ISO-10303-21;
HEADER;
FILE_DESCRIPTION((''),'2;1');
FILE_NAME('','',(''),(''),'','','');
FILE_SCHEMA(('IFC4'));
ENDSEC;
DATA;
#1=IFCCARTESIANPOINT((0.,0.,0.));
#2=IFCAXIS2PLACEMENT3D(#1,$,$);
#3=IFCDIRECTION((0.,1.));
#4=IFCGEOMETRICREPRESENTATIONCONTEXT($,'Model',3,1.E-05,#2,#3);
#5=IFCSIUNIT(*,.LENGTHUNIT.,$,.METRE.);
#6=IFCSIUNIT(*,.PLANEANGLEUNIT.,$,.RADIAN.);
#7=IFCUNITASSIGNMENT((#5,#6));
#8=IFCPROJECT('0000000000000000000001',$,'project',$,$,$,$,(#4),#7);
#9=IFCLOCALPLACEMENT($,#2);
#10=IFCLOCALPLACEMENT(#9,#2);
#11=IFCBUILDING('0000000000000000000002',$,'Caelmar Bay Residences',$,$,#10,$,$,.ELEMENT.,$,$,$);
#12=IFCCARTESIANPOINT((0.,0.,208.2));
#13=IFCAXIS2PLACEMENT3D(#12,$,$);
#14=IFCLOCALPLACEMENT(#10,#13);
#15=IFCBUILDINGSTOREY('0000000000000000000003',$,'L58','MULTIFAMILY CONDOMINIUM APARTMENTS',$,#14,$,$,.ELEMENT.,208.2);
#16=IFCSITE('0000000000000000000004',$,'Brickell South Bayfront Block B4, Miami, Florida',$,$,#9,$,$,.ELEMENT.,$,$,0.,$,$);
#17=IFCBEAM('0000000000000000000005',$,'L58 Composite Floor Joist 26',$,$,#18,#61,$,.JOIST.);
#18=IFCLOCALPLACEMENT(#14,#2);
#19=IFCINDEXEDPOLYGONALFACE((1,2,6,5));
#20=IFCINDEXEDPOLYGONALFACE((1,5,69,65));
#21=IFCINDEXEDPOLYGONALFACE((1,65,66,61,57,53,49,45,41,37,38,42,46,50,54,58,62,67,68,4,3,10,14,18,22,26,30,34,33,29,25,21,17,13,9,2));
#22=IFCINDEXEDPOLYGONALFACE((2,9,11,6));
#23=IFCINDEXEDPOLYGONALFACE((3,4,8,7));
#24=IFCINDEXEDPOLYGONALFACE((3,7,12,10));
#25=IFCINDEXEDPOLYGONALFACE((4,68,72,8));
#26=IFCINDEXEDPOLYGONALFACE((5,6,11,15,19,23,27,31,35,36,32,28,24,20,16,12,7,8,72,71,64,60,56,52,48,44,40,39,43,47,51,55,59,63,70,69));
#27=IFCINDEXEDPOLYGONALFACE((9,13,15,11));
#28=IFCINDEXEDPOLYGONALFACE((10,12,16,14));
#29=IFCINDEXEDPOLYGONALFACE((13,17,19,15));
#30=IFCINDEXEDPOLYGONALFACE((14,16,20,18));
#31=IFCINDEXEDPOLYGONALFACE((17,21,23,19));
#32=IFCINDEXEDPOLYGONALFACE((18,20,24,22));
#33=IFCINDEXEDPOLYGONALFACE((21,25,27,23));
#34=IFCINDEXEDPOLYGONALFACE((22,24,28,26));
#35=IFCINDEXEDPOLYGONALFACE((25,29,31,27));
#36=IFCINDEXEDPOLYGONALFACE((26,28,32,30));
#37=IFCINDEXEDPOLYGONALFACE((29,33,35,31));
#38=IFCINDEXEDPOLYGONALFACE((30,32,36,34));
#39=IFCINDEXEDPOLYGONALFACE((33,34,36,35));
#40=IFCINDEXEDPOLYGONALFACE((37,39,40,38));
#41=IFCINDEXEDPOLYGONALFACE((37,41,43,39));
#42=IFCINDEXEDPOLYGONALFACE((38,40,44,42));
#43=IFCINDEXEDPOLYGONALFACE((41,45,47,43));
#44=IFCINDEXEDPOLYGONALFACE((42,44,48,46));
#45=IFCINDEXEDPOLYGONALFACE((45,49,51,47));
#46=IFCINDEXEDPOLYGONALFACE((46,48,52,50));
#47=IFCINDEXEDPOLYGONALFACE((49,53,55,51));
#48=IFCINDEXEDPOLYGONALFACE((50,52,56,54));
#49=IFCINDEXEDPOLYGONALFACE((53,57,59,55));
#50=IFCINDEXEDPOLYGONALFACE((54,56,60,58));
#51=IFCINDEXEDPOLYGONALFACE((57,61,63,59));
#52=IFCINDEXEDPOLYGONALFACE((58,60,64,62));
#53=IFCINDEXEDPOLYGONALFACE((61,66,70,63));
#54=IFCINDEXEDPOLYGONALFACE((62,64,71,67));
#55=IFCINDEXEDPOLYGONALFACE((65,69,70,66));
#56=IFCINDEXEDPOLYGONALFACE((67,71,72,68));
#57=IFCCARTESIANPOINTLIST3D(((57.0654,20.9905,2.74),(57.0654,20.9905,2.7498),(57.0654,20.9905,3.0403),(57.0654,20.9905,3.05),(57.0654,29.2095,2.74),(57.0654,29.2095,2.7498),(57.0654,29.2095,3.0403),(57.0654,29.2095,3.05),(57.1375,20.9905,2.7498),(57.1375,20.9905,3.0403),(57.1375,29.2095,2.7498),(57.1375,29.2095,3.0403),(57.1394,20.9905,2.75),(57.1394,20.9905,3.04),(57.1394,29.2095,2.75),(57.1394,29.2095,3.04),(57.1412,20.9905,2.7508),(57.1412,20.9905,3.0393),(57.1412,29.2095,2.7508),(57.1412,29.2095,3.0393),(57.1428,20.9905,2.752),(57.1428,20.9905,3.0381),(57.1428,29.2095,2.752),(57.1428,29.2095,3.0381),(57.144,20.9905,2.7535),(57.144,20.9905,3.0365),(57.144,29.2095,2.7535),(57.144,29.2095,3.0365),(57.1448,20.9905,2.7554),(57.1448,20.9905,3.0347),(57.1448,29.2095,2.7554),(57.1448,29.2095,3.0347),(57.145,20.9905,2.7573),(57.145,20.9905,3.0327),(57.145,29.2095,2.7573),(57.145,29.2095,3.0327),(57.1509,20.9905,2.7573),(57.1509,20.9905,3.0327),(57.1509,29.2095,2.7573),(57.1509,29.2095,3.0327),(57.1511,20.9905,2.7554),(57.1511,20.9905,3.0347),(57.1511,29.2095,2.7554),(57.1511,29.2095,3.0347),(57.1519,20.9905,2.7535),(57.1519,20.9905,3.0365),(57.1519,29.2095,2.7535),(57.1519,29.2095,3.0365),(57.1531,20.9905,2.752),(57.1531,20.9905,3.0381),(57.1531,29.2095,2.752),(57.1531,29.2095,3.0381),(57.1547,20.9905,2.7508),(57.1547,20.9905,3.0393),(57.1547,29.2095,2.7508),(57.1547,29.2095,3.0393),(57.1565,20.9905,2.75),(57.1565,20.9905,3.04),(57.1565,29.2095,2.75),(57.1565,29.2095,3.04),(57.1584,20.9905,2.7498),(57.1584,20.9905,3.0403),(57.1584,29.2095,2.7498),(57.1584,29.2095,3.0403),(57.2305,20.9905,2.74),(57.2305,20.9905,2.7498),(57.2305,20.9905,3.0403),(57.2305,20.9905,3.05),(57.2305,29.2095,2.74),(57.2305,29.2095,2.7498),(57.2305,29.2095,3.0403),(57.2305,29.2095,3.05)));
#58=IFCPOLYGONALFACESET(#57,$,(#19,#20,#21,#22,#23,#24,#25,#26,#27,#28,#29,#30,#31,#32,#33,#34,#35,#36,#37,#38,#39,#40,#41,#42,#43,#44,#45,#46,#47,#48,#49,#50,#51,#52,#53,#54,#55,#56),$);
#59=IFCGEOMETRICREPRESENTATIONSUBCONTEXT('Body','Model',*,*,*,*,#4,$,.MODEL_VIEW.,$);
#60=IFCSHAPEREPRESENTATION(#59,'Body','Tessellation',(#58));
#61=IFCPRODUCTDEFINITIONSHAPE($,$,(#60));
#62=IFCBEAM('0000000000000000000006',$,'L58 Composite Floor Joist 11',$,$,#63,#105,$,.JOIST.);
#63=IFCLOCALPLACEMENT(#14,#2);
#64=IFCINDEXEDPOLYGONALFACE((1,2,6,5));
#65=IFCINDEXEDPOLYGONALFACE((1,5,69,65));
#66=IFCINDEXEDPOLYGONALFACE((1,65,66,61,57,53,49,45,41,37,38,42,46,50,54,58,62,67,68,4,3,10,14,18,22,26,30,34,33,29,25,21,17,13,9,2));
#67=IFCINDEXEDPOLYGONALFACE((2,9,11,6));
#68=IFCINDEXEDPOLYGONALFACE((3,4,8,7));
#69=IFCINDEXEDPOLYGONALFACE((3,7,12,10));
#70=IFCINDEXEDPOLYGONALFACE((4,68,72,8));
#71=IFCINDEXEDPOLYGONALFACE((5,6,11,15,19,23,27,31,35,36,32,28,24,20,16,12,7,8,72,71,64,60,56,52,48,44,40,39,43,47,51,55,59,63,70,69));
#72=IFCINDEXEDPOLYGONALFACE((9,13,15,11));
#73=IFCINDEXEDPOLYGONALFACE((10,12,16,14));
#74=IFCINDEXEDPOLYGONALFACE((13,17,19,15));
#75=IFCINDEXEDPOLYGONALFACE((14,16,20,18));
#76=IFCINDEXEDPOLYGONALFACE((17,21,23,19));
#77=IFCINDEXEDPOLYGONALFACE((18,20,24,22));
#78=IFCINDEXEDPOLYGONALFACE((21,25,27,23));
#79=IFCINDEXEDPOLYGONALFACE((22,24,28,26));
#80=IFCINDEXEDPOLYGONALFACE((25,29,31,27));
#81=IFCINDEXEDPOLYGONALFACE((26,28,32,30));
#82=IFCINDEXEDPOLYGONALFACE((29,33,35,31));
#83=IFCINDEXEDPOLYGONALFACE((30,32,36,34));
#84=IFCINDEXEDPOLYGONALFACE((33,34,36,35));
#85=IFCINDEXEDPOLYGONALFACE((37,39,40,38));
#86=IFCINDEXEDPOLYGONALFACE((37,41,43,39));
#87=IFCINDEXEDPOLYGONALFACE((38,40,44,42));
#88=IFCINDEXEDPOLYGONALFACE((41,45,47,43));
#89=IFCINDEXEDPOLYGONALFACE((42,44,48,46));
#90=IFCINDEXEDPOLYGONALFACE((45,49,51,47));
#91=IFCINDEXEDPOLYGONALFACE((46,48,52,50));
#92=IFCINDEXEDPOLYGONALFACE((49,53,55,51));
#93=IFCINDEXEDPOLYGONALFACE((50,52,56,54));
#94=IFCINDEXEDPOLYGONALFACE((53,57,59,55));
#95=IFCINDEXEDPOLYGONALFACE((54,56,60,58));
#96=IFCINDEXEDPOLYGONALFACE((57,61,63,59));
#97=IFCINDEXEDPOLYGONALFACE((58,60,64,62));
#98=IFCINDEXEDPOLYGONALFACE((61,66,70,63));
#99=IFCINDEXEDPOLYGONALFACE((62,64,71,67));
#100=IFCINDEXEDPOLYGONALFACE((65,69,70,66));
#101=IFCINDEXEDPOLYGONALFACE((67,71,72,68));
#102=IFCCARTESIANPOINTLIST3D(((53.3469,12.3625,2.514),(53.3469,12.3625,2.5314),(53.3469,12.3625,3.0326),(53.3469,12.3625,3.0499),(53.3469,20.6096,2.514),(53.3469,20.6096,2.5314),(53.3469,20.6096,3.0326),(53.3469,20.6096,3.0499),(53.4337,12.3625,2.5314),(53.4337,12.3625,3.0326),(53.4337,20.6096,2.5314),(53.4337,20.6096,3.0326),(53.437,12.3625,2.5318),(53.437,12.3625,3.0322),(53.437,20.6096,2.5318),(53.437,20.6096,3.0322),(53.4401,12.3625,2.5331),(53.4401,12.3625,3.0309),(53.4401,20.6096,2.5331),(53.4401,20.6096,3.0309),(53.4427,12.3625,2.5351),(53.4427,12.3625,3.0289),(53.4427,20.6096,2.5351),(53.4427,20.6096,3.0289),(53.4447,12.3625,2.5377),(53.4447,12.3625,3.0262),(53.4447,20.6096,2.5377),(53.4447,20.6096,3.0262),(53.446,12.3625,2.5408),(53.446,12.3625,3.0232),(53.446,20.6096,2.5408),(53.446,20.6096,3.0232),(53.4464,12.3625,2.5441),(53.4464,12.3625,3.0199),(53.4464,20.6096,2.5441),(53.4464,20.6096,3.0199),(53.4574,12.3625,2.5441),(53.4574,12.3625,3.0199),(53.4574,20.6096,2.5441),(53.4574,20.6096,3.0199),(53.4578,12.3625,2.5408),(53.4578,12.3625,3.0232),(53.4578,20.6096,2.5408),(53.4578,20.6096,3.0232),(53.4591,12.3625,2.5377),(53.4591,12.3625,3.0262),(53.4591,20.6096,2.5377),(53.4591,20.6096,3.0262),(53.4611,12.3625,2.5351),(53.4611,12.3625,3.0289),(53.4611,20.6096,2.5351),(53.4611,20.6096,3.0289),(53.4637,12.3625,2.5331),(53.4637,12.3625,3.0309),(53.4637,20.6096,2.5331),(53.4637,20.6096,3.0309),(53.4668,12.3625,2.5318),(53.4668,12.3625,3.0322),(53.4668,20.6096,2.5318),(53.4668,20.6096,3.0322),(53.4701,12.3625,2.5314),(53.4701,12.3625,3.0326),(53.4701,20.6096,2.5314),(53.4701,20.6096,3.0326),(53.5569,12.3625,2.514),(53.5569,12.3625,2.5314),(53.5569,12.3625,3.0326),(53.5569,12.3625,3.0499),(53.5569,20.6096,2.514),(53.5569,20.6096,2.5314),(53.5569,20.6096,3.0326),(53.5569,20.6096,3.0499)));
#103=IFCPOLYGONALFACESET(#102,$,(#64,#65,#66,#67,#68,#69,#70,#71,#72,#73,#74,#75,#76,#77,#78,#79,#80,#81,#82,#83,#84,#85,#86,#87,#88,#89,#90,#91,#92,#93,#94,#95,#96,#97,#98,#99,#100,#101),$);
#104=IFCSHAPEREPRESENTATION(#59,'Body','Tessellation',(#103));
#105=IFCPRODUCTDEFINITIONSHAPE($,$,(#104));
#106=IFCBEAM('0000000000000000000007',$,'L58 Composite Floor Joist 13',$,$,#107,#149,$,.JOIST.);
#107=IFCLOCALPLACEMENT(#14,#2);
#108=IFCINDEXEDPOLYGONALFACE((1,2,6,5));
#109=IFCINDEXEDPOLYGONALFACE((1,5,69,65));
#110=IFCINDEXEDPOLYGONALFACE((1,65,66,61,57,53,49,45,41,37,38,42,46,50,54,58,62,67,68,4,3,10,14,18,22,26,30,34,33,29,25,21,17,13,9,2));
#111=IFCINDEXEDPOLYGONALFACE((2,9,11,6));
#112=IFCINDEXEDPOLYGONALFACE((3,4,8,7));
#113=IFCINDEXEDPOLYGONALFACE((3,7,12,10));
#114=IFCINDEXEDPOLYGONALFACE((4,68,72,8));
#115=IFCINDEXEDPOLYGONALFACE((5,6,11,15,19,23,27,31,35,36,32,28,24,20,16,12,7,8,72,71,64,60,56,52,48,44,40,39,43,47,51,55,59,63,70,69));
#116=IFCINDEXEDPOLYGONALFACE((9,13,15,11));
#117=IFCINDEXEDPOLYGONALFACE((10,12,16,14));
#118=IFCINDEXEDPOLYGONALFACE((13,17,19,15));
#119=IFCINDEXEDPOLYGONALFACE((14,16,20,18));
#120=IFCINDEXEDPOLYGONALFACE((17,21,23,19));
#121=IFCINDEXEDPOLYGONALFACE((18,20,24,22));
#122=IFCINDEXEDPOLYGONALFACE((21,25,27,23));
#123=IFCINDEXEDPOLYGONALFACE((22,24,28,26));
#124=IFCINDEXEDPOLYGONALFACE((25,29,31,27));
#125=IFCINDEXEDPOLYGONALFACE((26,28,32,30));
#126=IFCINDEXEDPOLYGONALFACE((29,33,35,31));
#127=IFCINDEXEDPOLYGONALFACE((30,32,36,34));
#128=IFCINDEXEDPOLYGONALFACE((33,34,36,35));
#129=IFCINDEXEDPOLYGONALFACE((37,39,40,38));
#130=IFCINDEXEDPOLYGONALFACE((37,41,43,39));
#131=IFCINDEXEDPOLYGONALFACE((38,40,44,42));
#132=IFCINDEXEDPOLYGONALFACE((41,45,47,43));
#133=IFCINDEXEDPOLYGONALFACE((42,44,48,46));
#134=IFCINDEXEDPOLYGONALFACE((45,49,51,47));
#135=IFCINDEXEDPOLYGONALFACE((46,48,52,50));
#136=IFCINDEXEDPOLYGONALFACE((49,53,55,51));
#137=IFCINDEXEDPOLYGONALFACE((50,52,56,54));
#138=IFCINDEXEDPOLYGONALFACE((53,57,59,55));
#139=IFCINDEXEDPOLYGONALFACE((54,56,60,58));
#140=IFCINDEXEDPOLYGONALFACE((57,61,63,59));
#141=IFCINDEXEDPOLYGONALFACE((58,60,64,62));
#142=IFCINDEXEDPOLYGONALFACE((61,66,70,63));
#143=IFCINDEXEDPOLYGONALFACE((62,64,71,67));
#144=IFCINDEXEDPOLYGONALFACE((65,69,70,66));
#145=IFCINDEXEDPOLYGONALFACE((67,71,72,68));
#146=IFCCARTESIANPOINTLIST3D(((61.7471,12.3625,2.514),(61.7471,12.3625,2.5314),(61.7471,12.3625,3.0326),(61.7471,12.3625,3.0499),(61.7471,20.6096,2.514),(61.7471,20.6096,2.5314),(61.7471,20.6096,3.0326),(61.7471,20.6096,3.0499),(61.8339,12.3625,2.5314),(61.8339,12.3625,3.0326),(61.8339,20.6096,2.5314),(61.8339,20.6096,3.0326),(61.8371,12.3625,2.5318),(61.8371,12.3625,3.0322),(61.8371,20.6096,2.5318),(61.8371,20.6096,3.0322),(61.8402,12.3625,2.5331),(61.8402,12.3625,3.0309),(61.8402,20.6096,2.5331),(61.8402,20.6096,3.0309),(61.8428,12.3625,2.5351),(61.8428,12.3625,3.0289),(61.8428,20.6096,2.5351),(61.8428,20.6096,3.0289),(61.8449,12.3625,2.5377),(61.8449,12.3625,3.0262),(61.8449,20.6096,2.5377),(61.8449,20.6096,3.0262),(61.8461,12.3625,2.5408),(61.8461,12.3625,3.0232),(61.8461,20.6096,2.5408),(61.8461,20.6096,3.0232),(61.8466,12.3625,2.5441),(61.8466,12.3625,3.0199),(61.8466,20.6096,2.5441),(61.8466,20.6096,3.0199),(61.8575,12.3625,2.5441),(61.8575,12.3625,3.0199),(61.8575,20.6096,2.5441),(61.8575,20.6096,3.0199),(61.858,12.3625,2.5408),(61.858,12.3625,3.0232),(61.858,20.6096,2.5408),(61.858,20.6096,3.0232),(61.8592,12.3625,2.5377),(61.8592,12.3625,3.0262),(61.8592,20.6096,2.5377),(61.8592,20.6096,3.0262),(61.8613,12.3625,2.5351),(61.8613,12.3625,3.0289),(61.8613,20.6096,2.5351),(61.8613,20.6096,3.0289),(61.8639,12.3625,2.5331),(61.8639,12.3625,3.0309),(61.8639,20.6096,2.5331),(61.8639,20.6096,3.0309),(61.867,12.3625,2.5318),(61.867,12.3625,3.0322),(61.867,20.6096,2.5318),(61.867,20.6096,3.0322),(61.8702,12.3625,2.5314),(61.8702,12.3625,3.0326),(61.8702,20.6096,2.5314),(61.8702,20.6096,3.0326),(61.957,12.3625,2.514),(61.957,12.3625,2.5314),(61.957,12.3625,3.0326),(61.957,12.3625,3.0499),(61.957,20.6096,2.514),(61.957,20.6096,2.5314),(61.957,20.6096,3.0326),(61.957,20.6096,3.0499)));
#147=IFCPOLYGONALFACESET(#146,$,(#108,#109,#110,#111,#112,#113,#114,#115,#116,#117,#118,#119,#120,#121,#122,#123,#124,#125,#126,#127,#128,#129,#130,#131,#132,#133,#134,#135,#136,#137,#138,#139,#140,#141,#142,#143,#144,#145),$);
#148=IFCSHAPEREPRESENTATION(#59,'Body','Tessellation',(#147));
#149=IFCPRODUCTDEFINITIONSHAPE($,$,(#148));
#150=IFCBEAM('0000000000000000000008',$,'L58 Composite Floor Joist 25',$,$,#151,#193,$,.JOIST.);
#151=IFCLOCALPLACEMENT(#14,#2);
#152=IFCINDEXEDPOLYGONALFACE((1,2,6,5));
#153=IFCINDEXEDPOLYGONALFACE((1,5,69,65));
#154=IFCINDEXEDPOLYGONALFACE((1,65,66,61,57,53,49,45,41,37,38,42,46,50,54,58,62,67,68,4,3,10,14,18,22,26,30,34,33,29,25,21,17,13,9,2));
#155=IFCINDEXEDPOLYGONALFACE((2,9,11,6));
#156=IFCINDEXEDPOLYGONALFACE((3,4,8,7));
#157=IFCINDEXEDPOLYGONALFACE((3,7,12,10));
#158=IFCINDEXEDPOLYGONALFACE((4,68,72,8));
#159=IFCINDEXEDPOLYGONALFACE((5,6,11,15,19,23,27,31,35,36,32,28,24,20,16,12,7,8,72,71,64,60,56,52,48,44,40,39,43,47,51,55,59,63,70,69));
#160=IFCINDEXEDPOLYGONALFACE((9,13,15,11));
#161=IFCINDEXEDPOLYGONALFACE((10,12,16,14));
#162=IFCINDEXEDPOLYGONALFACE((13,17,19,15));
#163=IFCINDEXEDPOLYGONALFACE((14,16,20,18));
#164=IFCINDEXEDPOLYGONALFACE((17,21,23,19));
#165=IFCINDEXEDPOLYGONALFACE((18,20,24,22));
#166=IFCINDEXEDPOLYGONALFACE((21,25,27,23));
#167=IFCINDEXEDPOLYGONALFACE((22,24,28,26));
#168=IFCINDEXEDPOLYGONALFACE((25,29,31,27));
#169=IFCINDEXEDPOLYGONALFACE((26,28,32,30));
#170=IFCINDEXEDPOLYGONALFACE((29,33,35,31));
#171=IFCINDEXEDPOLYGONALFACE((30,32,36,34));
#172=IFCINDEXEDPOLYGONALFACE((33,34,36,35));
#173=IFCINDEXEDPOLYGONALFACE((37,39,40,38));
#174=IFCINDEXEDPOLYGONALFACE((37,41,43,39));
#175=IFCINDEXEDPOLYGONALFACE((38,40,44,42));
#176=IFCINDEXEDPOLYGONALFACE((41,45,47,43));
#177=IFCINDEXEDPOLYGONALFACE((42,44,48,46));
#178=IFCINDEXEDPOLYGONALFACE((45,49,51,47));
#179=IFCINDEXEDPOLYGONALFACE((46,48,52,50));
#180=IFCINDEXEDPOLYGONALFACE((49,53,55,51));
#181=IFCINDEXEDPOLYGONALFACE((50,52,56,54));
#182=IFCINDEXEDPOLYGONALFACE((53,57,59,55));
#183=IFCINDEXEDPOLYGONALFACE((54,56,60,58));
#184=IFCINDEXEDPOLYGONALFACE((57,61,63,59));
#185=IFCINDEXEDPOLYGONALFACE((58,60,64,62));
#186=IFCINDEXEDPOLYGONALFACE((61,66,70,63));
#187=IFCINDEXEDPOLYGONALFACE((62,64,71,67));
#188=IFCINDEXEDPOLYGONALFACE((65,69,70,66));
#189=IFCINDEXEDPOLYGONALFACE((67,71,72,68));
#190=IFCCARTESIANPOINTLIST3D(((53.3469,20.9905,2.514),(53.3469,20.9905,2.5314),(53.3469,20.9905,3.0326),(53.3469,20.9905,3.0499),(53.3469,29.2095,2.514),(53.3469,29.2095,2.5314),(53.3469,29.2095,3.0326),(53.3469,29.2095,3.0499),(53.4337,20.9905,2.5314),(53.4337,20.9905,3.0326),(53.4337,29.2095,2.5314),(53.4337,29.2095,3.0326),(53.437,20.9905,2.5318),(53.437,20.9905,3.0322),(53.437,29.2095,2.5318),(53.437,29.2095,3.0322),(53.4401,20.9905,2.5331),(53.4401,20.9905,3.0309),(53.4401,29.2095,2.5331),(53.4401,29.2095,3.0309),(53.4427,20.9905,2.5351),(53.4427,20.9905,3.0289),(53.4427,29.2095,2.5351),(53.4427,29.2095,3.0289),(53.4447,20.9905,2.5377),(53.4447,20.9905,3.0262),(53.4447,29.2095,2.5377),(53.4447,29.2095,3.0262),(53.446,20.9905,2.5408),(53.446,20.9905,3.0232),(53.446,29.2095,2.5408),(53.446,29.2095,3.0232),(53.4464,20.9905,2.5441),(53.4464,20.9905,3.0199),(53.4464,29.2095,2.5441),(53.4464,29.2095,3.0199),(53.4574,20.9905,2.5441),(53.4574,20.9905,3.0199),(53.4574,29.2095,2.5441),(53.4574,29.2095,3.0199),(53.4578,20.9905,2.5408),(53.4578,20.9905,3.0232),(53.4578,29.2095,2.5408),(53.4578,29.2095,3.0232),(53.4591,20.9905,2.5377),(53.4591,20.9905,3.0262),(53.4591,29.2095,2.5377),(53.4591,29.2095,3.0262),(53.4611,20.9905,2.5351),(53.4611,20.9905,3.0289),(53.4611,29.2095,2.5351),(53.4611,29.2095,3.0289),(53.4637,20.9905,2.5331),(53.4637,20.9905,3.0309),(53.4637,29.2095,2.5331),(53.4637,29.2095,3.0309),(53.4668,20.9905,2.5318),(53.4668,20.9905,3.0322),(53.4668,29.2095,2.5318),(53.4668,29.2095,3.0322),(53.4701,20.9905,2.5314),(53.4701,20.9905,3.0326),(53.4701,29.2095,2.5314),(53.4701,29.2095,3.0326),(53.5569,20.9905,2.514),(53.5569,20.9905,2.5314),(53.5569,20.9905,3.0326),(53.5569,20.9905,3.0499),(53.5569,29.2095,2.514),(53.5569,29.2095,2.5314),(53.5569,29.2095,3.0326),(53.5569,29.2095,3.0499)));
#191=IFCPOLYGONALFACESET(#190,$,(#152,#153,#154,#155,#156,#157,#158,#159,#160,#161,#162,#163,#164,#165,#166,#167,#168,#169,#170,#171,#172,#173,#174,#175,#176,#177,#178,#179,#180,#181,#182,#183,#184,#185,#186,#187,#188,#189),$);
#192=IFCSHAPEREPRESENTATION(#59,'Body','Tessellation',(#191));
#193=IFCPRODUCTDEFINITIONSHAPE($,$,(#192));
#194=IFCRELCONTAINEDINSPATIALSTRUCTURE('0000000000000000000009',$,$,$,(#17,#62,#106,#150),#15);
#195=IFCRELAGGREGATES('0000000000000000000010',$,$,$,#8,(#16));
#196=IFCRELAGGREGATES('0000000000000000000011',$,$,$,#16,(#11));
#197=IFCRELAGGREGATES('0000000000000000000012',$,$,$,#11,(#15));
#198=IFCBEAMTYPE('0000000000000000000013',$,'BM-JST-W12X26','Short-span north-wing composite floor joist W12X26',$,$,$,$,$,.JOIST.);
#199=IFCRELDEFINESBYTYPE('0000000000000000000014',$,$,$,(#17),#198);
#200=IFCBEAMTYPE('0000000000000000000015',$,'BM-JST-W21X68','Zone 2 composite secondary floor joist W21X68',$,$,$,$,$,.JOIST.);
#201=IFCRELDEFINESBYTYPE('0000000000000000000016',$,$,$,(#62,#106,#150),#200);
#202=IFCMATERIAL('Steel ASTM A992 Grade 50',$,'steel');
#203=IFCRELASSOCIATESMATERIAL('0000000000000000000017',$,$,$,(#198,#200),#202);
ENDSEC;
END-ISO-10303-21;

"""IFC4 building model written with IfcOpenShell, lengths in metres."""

from ifc_helpers import new_model, si_unit, direction, frame, origin, origin_2d, place, context, subcontext, project, spatial, i_section, extrude, material, material_profile, profile_set, type_object, element, save


model = new_model("IFC4")

# Units and contexts
model_context = context("Model", 3, precision=1e-05, world=origin(), true_north=direction((0.0, 1.0)))
body_context = subcontext(model_context, "Body", "Model", "MODEL_VIEW")
ifc_project = project(units=[si_unit("LENGTHUNIT", "METRE"), si_unit("PLANEANGLEUNIT", "RADIAN")], contexts=[model_context])

# Site, building, storey
site_placement = place(None, origin())
site = spatial("IfcSite", under=ifc_project, at=site_placement, Name="Brickell South Bayfront Block B4, Miami, Florida", CompositionType="ELEMENT", RefElevation=0.0)
building_placement = place(site_placement, origin())
building = spatial("IfcBuilding", under=site, at=building_placement, Name="Caelmar Bay Residences", CompositionType="ELEMENT")
storey_placement = place(building_placement, frame((0.0, 0.0, 208.2)))
storey = spatial("IfcBuildingStorey", under=building, at=storey_placement, Name="L58", Description="MULTIFAMILY CONDOMINIUM APARTMENTS", CompositionType="ELEMENT", Elevation=208.2)

# Beams
ifc_material_1 = material(Name="Steel ASTM A992 Grade 50", Category="steel")
ifc_material_profile_1 = material_profile(ifc_material_1, i_section(OverallWidth=0.165, OverallDepth=0.3101, WebThickness=0.0059, FlangeThickness=0.0098, FilletRadius=0.0076, at=origin_2d()), Name="W12X26")
ifc_profile_set_1 = profile_set([ifc_material_profile_1], Name="Steel ASTM A992 Grade 50")
beam_type_1 = type_object("IfcBeamType", Name="BM-JST-W12X26", Description="Short-span north-wing composite floor joist W12X26", PredefinedType="JOIST", material=ifc_profile_set_1)
beam_1_placement = place(storey_placement, frame((57.1479, 20.9905, 2.895), z_axis=(0.0, 1.0, 0.0), x_axis=(-1.0, 0.0, 0.0)))
element("IfcBeam", 1, at=beam_1_placement, inside=storey, type_object=beam_type_1, Name="L58 Composite Floor Joist 26", PredefinedType="JOIST", context=body_context, shape_type="SweptSolid", body=[
    extrude(i_section(OverallWidth=0.165, OverallDepth=0.3101, WebThickness=0.0059, FlangeThickness=0.0098, FilletRadius=0.0076, at=origin_2d()), origin(), (0.0, 0.0, 1.0), 8.219),
])
ifc_material_profile_2 = material_profile(ifc_material_1, i_section(OverallWidth=0.21, OverallDepth=0.5359, WebThickness=0.011, FlangeThickness=0.0173, FilletRadius=0.0127, at=origin_2d()), Name="W21X68")
ifc_profile_set_2 = profile_set([ifc_material_profile_2], Name="Steel ASTM A992 Grade 50")
beam_type_2 = type_object("IfcBeamType", Name="BM-JST-W21X68", Description="Zone 2 composite secondary floor joist W21X68", PredefinedType="JOIST", material=ifc_profile_set_2)
for number, where, z_axis, x_axis, name in (
    (2, (53.4519, 12.3625, 2.782), (0.0, 1.0, 0.0), (-1.0, 0.0, 0.0), "L58 Composite Floor Joist 11"),
    (3, (61.8521, 12.3625, 2.782), (0.0, 1.0, 0.0), (-1.0, 0.0, 0.0), "L58 Composite Floor Joist 13"),
):
    element("IfcBeam", number, at=place(storey_placement, frame(where, z_axis=z_axis, x_axis=x_axis)), inside=storey, type_object=beam_type_2, Name=name, PredefinedType="JOIST", context=body_context, shape_type="SweptSolid", body=[
        extrude(i_section(OverallWidth=0.21, OverallDepth=0.5359, WebThickness=0.011, FlangeThickness=0.0173, FilletRadius=0.0127, at=origin_2d()), origin(), (0.0, 0.0, 1.0), 8.2471),
    ])
for number, where, z_axis, x_axis, name in (
    (4, (53.4519, 20.9905, 2.782), (0.0, 1.0, 0.0), (-1.0, 0.0, 0.0), "L58 Composite Floor Joist 25"),
):
    element("IfcBeam", number, at=place(storey_placement, frame(where, z_axis=z_axis, x_axis=x_axis)), inside=storey, type_object=beam_type_2, Name=name, PredefinedType="JOIST", context=body_context, shape_type="SweptSolid", body=[
        extrude(i_section(OverallWidth=0.21, OverallDepth=0.5359, WebThickness=0.011, FlangeThickness=0.0173, FilletRadius=0.0127, at=origin_2d()), origin(), (0.0, 0.0, 1.0), 8.219),
    ])

save(model, "model.ifc")
